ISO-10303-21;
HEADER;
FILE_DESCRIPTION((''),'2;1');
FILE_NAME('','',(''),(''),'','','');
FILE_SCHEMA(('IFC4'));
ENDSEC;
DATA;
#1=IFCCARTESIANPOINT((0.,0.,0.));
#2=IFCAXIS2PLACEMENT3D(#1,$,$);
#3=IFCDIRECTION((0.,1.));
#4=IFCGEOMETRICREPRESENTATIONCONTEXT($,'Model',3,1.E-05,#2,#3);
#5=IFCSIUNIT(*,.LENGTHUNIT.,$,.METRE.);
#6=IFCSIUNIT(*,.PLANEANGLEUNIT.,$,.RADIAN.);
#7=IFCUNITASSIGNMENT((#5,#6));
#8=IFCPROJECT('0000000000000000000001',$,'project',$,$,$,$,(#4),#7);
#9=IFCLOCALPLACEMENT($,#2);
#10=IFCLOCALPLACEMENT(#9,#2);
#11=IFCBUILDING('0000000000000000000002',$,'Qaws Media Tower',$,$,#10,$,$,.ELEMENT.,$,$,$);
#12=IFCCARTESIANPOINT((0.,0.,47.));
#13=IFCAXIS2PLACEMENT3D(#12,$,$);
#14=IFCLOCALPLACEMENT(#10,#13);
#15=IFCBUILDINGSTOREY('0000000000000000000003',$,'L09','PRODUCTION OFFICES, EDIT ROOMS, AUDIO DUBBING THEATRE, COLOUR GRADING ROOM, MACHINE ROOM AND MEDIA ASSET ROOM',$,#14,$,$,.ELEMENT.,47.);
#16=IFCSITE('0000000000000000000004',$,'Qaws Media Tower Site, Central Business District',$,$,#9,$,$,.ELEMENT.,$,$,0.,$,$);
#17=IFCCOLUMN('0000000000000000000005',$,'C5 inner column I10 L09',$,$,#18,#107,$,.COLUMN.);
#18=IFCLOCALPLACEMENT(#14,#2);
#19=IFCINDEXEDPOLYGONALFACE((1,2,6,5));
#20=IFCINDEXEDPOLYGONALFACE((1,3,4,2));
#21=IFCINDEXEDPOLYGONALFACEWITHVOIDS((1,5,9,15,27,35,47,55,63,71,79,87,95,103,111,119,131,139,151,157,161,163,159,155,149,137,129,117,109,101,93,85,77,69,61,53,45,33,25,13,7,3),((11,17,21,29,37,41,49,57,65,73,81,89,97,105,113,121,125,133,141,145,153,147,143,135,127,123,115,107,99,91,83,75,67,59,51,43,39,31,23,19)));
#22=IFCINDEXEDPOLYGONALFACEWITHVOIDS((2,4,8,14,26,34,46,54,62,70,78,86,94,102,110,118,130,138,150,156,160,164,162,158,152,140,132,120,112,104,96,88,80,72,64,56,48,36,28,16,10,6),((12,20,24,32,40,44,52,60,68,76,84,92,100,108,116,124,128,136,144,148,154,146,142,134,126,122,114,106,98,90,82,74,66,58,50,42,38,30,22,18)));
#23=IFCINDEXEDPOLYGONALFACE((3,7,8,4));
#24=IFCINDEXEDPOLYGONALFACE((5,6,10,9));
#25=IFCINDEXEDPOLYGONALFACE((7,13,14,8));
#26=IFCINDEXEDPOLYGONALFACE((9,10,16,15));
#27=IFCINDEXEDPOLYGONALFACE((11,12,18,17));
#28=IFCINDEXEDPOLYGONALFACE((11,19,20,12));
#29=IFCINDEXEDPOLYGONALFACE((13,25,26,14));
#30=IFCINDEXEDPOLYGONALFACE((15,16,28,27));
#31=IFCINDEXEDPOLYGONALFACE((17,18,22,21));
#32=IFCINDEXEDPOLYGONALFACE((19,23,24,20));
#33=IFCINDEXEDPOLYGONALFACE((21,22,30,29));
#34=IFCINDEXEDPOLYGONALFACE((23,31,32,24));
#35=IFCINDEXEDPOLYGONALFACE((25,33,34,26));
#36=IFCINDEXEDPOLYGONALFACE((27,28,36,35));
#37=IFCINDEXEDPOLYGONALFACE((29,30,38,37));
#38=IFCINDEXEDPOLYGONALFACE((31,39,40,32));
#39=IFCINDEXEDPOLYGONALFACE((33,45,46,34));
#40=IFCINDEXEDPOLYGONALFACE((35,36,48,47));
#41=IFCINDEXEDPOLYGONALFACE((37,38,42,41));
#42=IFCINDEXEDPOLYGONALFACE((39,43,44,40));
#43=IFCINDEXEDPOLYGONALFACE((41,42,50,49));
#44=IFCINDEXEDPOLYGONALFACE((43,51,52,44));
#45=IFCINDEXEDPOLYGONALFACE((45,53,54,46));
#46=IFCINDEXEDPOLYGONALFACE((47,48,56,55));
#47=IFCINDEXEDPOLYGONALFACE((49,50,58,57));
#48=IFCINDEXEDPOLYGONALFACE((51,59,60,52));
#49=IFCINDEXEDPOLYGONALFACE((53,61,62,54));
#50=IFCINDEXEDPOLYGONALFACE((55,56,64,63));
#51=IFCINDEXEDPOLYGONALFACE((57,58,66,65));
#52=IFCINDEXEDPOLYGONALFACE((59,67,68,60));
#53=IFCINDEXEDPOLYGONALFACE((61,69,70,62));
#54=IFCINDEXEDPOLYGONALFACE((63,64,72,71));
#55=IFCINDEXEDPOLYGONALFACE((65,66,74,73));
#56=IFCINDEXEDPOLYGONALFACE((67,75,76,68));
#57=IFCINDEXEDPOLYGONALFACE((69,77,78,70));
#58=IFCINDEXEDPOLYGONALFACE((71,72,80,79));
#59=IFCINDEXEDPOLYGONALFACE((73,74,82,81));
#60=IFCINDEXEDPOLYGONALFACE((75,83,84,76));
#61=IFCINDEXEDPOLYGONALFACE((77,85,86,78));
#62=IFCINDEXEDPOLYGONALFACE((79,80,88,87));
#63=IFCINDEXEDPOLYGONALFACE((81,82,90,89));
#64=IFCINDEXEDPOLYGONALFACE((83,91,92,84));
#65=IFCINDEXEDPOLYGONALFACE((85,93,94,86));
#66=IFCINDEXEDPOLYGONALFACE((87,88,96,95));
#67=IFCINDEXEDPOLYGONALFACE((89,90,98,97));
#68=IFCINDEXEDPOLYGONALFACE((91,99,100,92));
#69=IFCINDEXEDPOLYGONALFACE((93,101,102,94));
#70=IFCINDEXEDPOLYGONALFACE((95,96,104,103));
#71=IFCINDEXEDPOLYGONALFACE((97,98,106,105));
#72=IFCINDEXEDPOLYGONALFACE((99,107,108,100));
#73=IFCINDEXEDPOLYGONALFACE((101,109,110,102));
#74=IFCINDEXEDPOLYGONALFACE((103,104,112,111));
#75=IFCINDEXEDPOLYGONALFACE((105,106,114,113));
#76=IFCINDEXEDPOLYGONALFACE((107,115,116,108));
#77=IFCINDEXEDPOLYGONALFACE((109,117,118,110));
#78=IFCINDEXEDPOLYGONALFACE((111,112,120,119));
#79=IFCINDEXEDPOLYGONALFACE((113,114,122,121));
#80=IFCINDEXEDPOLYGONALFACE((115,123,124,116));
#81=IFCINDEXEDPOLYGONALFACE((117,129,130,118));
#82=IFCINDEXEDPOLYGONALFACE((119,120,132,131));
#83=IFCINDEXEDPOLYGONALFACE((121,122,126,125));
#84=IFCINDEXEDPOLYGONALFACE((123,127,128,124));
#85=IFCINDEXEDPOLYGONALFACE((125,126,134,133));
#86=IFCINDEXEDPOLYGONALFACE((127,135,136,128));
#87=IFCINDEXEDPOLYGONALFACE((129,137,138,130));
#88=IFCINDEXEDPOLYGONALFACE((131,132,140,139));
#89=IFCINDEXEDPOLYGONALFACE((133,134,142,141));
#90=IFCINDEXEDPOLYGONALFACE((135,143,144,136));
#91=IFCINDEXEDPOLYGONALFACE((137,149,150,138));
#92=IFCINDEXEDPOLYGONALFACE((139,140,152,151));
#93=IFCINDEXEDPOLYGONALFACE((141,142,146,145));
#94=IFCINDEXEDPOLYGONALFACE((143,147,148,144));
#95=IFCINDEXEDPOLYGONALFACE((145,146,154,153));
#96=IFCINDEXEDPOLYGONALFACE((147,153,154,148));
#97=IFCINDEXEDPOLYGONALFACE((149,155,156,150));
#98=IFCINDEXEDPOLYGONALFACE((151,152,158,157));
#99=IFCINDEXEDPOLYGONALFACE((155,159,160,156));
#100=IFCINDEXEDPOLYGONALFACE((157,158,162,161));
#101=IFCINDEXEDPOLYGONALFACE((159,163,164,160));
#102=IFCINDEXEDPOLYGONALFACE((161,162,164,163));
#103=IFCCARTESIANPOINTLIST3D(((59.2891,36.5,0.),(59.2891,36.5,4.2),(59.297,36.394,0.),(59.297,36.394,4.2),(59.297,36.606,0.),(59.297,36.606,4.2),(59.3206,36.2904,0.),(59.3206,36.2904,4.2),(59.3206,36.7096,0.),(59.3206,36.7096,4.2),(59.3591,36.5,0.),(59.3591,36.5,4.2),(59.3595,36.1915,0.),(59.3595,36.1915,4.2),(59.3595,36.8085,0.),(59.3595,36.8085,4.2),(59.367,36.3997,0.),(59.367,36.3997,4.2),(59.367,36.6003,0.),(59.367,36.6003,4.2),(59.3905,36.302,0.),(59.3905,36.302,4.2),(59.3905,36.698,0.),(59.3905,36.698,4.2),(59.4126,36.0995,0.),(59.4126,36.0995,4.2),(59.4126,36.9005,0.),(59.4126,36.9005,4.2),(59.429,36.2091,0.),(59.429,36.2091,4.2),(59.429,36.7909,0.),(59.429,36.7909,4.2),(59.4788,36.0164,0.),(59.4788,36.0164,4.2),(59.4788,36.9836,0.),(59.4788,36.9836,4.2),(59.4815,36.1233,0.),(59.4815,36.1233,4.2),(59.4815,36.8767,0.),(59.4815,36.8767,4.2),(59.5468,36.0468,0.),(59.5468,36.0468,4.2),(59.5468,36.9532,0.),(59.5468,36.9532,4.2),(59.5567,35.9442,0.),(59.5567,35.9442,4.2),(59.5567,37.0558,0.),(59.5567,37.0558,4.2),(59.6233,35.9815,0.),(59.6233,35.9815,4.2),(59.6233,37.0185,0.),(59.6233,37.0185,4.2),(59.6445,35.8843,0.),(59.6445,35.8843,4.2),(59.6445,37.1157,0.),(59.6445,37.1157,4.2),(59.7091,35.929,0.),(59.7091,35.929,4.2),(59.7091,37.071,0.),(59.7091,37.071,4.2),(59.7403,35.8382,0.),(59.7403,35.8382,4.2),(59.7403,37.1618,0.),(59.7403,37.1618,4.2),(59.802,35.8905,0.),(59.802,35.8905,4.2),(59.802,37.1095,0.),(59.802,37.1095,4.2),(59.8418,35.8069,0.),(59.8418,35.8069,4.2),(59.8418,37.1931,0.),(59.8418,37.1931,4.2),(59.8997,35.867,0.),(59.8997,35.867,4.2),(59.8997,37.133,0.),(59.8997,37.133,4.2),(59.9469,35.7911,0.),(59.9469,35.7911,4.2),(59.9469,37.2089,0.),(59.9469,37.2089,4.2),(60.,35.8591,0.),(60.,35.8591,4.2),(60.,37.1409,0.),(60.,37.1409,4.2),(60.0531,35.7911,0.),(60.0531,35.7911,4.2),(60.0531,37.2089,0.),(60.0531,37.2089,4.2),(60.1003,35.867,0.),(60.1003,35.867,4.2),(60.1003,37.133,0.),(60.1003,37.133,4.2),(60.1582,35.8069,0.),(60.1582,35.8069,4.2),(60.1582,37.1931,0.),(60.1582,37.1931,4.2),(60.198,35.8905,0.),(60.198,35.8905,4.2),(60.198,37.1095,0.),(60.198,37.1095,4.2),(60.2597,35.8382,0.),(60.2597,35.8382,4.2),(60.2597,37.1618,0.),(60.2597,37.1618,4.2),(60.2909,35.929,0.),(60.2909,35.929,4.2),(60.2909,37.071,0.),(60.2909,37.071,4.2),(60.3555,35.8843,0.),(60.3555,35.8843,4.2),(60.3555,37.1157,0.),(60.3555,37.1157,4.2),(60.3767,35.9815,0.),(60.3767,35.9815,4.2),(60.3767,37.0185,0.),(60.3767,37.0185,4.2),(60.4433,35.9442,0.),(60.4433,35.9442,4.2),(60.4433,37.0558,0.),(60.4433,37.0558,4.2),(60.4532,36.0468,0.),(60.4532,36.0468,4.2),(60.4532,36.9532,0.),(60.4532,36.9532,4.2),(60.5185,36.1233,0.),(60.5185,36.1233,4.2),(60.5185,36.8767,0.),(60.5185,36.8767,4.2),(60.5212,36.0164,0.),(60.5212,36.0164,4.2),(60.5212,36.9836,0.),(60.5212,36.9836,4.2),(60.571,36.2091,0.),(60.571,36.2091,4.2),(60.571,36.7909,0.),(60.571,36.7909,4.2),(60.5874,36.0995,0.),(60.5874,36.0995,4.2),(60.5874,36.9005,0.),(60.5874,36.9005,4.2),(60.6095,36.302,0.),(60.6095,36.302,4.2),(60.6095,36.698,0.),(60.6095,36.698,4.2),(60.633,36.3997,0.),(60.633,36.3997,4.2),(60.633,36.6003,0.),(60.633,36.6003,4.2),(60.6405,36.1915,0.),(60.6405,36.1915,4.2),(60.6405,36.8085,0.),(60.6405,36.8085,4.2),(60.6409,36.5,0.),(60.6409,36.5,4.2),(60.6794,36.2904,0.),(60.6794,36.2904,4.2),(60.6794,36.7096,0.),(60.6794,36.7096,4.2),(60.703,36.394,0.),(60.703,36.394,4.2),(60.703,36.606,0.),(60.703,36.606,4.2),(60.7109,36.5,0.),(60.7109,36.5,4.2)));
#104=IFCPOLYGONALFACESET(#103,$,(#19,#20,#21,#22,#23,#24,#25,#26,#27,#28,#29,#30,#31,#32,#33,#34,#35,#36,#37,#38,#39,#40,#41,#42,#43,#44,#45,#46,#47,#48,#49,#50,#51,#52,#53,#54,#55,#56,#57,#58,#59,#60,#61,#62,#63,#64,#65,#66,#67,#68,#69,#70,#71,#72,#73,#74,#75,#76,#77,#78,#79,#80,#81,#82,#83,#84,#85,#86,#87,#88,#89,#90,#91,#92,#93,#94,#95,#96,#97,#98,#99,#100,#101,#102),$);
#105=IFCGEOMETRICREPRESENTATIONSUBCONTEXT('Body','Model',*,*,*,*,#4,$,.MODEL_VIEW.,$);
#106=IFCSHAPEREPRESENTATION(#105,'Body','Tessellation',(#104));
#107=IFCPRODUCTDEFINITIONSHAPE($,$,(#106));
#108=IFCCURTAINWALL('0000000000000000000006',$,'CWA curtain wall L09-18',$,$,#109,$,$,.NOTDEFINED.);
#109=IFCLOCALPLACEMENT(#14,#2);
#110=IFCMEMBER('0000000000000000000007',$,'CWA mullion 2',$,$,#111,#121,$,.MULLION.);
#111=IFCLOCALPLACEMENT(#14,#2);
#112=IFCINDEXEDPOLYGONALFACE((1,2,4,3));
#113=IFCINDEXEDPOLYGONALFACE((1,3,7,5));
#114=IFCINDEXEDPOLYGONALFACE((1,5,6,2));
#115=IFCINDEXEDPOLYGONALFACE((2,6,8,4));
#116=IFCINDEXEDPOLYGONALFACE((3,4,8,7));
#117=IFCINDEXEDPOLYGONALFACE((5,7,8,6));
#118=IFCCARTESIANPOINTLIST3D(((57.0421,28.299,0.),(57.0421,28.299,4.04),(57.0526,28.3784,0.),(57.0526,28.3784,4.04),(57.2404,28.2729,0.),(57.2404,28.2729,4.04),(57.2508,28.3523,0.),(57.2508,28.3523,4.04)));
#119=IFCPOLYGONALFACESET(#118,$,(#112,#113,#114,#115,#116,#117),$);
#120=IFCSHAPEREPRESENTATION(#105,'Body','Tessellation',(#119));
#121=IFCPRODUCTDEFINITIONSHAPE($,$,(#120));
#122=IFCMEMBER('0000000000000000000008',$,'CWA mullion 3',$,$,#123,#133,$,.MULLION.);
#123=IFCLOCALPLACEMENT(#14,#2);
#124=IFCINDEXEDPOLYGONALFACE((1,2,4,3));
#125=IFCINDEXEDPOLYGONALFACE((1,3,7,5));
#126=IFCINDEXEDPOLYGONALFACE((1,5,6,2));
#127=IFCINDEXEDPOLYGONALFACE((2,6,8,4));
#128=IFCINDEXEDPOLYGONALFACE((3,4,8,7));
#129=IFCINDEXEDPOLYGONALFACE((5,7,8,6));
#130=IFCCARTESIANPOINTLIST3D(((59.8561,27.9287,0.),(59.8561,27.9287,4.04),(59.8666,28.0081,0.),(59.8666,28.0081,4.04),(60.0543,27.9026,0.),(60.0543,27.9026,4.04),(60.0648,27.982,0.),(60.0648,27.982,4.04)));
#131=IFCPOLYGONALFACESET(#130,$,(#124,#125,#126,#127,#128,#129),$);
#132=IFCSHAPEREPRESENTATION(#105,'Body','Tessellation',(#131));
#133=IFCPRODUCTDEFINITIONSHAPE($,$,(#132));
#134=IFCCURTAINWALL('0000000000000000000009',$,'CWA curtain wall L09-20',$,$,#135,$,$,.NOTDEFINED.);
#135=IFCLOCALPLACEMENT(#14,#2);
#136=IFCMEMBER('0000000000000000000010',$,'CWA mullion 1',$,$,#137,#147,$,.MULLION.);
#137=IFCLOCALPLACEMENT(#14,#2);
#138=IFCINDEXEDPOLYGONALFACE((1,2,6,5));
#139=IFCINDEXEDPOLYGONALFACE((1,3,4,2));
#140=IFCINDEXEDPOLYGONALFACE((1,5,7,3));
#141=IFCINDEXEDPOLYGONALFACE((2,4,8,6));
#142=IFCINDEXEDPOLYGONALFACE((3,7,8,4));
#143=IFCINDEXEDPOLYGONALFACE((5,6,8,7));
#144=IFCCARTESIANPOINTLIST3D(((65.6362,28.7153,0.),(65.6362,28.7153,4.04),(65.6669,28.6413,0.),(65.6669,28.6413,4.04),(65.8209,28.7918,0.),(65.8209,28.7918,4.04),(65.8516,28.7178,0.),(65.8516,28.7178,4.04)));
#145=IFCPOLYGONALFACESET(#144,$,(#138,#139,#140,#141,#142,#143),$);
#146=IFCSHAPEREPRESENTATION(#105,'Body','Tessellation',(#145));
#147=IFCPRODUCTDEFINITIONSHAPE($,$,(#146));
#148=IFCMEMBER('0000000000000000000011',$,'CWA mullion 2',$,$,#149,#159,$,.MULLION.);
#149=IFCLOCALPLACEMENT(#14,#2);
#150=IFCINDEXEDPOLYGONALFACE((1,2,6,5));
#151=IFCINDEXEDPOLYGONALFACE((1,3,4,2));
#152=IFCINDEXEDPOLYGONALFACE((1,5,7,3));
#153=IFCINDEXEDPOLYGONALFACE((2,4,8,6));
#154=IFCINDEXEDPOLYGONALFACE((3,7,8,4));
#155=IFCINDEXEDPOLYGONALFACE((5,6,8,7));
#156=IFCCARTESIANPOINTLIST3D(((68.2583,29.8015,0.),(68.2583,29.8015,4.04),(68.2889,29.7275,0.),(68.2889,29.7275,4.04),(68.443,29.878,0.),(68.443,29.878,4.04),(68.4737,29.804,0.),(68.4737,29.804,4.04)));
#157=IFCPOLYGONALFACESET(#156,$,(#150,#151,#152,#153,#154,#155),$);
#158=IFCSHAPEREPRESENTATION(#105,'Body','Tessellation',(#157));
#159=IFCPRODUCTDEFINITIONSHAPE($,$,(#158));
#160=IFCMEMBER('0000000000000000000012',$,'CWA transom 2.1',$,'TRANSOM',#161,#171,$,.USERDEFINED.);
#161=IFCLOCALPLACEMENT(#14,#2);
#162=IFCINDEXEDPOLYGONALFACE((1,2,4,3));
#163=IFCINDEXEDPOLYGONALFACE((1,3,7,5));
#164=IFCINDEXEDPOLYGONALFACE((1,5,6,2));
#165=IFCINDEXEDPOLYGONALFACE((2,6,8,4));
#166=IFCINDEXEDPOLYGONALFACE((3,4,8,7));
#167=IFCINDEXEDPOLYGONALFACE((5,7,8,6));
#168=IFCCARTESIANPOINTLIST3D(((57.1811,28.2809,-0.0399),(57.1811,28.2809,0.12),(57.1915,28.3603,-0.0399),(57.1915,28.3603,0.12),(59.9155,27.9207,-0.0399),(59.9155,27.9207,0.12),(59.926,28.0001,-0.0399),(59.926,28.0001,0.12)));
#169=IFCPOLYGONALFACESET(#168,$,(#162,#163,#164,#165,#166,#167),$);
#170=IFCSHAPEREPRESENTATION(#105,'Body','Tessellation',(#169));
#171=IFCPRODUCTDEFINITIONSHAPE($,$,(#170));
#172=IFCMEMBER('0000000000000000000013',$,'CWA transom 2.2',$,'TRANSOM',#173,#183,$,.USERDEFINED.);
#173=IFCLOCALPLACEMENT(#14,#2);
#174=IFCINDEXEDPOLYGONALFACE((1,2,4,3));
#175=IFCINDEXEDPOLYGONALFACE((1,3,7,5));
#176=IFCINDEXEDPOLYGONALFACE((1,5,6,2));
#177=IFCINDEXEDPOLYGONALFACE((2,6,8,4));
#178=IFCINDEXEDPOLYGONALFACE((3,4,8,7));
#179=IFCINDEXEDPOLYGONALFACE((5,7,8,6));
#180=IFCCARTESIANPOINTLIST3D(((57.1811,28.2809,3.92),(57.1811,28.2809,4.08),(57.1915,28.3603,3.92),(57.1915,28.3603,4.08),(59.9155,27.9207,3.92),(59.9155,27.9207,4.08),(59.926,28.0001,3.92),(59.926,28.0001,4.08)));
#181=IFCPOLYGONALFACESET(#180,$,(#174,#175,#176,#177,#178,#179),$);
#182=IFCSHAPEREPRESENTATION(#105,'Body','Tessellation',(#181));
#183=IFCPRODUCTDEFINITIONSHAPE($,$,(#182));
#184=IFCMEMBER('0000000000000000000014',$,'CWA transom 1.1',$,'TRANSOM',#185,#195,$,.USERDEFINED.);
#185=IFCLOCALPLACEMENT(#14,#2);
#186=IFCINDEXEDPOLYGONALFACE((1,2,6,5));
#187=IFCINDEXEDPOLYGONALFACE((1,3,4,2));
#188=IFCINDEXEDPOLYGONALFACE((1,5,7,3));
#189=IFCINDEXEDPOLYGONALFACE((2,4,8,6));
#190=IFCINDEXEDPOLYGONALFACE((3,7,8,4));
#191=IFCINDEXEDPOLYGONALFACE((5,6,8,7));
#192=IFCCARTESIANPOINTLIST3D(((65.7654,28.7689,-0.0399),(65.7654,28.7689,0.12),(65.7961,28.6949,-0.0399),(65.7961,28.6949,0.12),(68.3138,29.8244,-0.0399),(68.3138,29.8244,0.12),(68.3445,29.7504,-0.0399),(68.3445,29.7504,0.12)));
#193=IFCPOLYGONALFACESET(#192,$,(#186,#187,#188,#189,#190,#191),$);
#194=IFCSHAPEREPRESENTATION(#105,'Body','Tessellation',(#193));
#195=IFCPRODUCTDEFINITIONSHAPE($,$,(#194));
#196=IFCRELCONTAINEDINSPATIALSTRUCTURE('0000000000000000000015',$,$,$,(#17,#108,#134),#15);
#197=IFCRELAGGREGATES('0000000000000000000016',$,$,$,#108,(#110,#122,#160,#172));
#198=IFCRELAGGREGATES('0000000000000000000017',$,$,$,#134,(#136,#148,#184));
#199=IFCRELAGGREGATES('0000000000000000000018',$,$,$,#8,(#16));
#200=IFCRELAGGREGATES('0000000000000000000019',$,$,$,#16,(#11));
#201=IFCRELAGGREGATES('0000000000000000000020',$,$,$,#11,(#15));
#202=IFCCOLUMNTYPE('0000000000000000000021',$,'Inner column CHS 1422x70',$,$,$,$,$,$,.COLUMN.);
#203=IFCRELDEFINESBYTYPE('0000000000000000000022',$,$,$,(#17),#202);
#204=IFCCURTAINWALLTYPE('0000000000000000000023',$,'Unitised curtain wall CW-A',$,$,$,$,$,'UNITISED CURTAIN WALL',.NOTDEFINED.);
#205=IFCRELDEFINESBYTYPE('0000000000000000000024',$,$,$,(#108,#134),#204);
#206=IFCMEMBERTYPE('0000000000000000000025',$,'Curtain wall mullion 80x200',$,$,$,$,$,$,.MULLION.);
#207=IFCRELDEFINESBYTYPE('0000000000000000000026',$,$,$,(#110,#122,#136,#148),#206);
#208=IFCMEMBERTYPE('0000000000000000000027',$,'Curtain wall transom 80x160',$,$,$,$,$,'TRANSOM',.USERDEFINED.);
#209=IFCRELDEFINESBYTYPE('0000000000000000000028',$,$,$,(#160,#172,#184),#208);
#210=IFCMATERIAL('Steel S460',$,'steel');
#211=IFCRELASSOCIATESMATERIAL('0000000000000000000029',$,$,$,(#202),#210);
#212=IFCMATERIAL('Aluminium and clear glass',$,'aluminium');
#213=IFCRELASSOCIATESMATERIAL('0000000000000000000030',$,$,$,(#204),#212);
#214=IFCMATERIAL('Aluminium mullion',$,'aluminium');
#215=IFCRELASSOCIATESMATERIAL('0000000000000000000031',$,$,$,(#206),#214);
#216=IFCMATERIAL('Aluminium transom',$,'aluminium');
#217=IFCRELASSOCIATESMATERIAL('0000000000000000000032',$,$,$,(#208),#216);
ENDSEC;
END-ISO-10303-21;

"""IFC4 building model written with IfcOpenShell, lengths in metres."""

from ifc_helpers import new_model, si_unit, direction, frame, origin, origin_2d, place, context, subcontext, project, spatial, rectangle, hollow_circle, extrude, material, material_profile, profile_set, type_object, element, aggregate, save


model = new_model("IFC4")

# Units and contexts
model_context = context("Model", 3, precision=1e-05, world=origin(), true_north=direction((0.0, 1.0)))
body_context = subcontext(model_context, "Body", "Model", "MODEL_VIEW")
ifc_project = project(units=[si_unit("LENGTHUNIT", "METRE"), si_unit("PLANEANGLEUNIT", "RADIAN")], contexts=[model_context])

# Site, building, storey
site_placement = place(None, origin())
site = spatial("IfcSite", under=ifc_project, at=site_placement, Name="Qaws Media Tower Site, Central Business District", CompositionType="ELEMENT", RefElevation=0.0)
building_placement = place(site_placement, origin())
building = spatial("IfcBuilding", under=site, at=building_placement, Name="Qaws Media Tower", CompositionType="ELEMENT")
storey_placement = place(building_placement, frame((0.0, 0.0, 47.0)))
storey = spatial("IfcBuildingStorey", under=building, at=storey_placement, Name="L09", Description="PRODUCTION OFFICES, EDIT ROOMS, AUDIO DUBBING THEATRE, COLOUR GRADING ROOM, MACHINE ROOM AND MEDIA ASSET ROOM", CompositionType="ELEMENT", Elevation=47.0)

# Column
ifc_material_1 = material(Name="Steel S460", Category="steel")
ifc_material_profile_1 = material_profile(ifc_material_1, hollow_circle(Radius=0.7109, WallThickness=0.0701, at=origin_2d()), Name="CHS 1422x70")
ifc_profile_set_1 = profile_set([ifc_material_profile_1], Name="Steel S460")
column_type = type_object("IfcColumnType", Name="Inner column CHS 1422x70", PredefinedType="COLUMN", material=ifc_profile_set_1)
column_placement = place(storey_placement, frame((60.0, 36.5, 0.0), z_axis=(0.0, 0.0, 1.0), x_axis=(1.0, 0.0, 0.0)))
element("IfcColumn", 1, at=column_placement, inside=storey, type_object=column_type, Name="C5 inner column I10 L09", PredefinedType="COLUMN", context=body_context, shape_type="SweptSolid", body=[
    extrude(hollow_circle(Radius=0.7109, WallThickness=0.0701, at=origin_2d()), origin(), (0.0, 0.0, 1.0), 4.2),
])

# Curtain walls, members
ifc_material_2 = material(Name="Aluminium and clear glass", Category="aluminium")
curtain_wall_type = type_object("IfcCurtainWallType", Name="Unitised curtain wall CW-A", ElementType="UNITISED CURTAIN WALL", PredefinedType="NOTDEFINED", material=ifc_material_2)
curtain_wall_1_placement = place(storey_placement, origin())
curtain_wall_1 = element("IfcCurtainWall", 2, at=curtain_wall_1_placement, inside=storey, type_object=curtain_wall_type, Name="CWA curtain wall L09-18", PredefinedType="NOTDEFINED")
ifc_material_3 = material(Name="Aluminium mullion", Category="aluminium")
ifc_material_profile_2 = material_profile(ifc_material_3, rectangle(XDim=0.0801, YDim=0.2, at=origin_2d()), Name="80x200")
ifc_profile_set_2 = profile_set([ifc_material_profile_2], Name="Aluminium mullion")
member_type_1 = type_object("IfcMemberType", Name="Curtain wall mullion 80x200", PredefinedType="MULLION", material=ifc_profile_set_2)
member_1_placement = place(storey_placement, frame((57.1465, 28.3257, 0.0), z_axis=(0.0, 0.0, 1.0), x_axis=(0.130526, 0.991445, 0.0)))
member_1 = element("IfcMember", 3, at=member_1_placement, type_object=member_type_1, Name="CWA mullion 2", PredefinedType="MULLION", context=body_context, shape_type="SweptSolid", body=[
    extrude(rectangle(XDim=0.0801, YDim=0.2, at=origin_2d()), origin(), (0.0, 0.0, 1.0), 4.04),
])
member_2_placement = place(storey_placement, frame((59.9604, 27.9553, 0.0), z_axis=(0.0, 0.0, 1.0), x_axis=(0.130526, 0.991445, 0.0)))
member_2 = element("IfcMember", 4, at=member_2_placement, type_object=member_type_1, Name="CWA mullion 3", PredefinedType="MULLION", context=body_context, shape_type="SweptSolid", body=[
    extrude(rectangle(XDim=0.0801, YDim=0.2, at=origin_2d()), origin(), (0.0, 0.0, 1.0), 4.04),
])
curtain_wall_2_placement = place(storey_placement, origin())
curtain_wall_2 = element("IfcCurtainWall", 5, at=curtain_wall_2_placement, inside=storey, type_object=curtain_wall_type, Name="CWA curtain wall L09-20", PredefinedType="NOTDEFINED")
member_3_placement = place(storey_placement, frame((65.7439, 28.7166, 0.0), z_axis=(0.0, 0.0, 1.0), x_axis=(-0.382683, 0.92388, 0.0)))
member_3 = element("IfcMember", 6, at=member_3_placement, type_object=member_type_1, Name="CWA mullion 1", PredefinedType="MULLION", context=body_context, shape_type="SweptSolid", body=[
    extrude(rectangle(XDim=0.0801, YDim=0.2, at=origin_2d()), origin(), (0.0, 0.0, 1.0), 4.04),
])
member_4_placement = place(storey_placement, frame((68.366, 29.8027, 0.0), z_axis=(0.0, 0.0, 1.0), x_axis=(-0.382683, 0.92388, 0.0)))
member_4 = element("IfcMember", 7, at=member_4_placement, type_object=member_type_1, Name="CWA mullion 2", PredefinedType="MULLION", context=body_context, shape_type="SweptSolid", body=[
    extrude(rectangle(XDim=0.0801, YDim=0.2, at=origin_2d()), origin(), (0.0, 0.0, 1.0), 4.04),
])

# Members
ifc_material_4 = material(Name="Aluminium transom", Category="aluminium")
ifc_material_profile_3 = material_profile(ifc_material_4, rectangle(XDim=0.0801, YDim=0.1599, at=origin_2d()), Name="80x160")
ifc_profile_set_3 = profile_set([ifc_material_profile_3], Name="Aluminium transom")
member_type_2 = type_object("IfcMemberType", Name="Curtain wall transom 80x160", ElementType="TRANSOM", PredefinedType="USERDEFINED", material=ifc_profile_set_3)
member_5_placement = place(storey_placement, frame((57.1863, 28.3206, 0.04), z_axis=(0.991439, -0.130569, 0.0), x_axis=(0.130569, 0.991439, 0.0)))
member_5 = element("IfcMember", 8, at=member_5_placement, type_object=member_type_2, Name="CWA transom 2.1", ObjectType="TRANSOM", PredefinedType="USERDEFINED", context=body_context, shape_type="SweptSolid", body=[
    extrude(rectangle(XDim=0.0801, YDim=0.1599, at=origin_2d()), origin(), (0.0, 0.0, 1.0), 2.7581),
])
member_6_placement = place(storey_placement, frame((57.1863, 28.3206, 4.0), z_axis=(0.991439, -0.130569, 0.0), x_axis=(0.130569, 0.991439, 0.0)))
member_6 = element("IfcMember", 9, at=member_6_placement, type_object=member_type_2, Name="CWA transom 2.2", ObjectType="TRANSOM", PredefinedType="USERDEFINED", context=body_context, shape_type="SweptSolid", body=[
    extrude(rectangle(XDim=0.0801, YDim=0.1599, at=origin_2d()), origin(), (0.0, 0.0, 1.0), 2.7581),
])
member_7_placement = place(storey_placement, frame((65.7808, 28.7319, 0.04), z_axis=(0.923897, 0.382641, 0.0), x_axis=(-0.382641, 0.923897, 0.0)))
member_7 = element("IfcMember", 10, at=member_7_placement, type_object=member_type_2, Name="CWA transom 1.1", ObjectType="TRANSOM", PredefinedType="USERDEFINED", context=body_context, shape_type="SweptSolid", body=[
    extrude(rectangle(XDim=0.0801, YDim=0.1599, at=origin_2d()), origin(), (0.0, 0.0, 1.0), 2.7583),
])

aggregate(curtain_wall_1, [member_1, member_2, member_5, member_6])
aggregate(curtain_wall_2, [member_3, member_4, member_7])

save(model, "model.ifc")
